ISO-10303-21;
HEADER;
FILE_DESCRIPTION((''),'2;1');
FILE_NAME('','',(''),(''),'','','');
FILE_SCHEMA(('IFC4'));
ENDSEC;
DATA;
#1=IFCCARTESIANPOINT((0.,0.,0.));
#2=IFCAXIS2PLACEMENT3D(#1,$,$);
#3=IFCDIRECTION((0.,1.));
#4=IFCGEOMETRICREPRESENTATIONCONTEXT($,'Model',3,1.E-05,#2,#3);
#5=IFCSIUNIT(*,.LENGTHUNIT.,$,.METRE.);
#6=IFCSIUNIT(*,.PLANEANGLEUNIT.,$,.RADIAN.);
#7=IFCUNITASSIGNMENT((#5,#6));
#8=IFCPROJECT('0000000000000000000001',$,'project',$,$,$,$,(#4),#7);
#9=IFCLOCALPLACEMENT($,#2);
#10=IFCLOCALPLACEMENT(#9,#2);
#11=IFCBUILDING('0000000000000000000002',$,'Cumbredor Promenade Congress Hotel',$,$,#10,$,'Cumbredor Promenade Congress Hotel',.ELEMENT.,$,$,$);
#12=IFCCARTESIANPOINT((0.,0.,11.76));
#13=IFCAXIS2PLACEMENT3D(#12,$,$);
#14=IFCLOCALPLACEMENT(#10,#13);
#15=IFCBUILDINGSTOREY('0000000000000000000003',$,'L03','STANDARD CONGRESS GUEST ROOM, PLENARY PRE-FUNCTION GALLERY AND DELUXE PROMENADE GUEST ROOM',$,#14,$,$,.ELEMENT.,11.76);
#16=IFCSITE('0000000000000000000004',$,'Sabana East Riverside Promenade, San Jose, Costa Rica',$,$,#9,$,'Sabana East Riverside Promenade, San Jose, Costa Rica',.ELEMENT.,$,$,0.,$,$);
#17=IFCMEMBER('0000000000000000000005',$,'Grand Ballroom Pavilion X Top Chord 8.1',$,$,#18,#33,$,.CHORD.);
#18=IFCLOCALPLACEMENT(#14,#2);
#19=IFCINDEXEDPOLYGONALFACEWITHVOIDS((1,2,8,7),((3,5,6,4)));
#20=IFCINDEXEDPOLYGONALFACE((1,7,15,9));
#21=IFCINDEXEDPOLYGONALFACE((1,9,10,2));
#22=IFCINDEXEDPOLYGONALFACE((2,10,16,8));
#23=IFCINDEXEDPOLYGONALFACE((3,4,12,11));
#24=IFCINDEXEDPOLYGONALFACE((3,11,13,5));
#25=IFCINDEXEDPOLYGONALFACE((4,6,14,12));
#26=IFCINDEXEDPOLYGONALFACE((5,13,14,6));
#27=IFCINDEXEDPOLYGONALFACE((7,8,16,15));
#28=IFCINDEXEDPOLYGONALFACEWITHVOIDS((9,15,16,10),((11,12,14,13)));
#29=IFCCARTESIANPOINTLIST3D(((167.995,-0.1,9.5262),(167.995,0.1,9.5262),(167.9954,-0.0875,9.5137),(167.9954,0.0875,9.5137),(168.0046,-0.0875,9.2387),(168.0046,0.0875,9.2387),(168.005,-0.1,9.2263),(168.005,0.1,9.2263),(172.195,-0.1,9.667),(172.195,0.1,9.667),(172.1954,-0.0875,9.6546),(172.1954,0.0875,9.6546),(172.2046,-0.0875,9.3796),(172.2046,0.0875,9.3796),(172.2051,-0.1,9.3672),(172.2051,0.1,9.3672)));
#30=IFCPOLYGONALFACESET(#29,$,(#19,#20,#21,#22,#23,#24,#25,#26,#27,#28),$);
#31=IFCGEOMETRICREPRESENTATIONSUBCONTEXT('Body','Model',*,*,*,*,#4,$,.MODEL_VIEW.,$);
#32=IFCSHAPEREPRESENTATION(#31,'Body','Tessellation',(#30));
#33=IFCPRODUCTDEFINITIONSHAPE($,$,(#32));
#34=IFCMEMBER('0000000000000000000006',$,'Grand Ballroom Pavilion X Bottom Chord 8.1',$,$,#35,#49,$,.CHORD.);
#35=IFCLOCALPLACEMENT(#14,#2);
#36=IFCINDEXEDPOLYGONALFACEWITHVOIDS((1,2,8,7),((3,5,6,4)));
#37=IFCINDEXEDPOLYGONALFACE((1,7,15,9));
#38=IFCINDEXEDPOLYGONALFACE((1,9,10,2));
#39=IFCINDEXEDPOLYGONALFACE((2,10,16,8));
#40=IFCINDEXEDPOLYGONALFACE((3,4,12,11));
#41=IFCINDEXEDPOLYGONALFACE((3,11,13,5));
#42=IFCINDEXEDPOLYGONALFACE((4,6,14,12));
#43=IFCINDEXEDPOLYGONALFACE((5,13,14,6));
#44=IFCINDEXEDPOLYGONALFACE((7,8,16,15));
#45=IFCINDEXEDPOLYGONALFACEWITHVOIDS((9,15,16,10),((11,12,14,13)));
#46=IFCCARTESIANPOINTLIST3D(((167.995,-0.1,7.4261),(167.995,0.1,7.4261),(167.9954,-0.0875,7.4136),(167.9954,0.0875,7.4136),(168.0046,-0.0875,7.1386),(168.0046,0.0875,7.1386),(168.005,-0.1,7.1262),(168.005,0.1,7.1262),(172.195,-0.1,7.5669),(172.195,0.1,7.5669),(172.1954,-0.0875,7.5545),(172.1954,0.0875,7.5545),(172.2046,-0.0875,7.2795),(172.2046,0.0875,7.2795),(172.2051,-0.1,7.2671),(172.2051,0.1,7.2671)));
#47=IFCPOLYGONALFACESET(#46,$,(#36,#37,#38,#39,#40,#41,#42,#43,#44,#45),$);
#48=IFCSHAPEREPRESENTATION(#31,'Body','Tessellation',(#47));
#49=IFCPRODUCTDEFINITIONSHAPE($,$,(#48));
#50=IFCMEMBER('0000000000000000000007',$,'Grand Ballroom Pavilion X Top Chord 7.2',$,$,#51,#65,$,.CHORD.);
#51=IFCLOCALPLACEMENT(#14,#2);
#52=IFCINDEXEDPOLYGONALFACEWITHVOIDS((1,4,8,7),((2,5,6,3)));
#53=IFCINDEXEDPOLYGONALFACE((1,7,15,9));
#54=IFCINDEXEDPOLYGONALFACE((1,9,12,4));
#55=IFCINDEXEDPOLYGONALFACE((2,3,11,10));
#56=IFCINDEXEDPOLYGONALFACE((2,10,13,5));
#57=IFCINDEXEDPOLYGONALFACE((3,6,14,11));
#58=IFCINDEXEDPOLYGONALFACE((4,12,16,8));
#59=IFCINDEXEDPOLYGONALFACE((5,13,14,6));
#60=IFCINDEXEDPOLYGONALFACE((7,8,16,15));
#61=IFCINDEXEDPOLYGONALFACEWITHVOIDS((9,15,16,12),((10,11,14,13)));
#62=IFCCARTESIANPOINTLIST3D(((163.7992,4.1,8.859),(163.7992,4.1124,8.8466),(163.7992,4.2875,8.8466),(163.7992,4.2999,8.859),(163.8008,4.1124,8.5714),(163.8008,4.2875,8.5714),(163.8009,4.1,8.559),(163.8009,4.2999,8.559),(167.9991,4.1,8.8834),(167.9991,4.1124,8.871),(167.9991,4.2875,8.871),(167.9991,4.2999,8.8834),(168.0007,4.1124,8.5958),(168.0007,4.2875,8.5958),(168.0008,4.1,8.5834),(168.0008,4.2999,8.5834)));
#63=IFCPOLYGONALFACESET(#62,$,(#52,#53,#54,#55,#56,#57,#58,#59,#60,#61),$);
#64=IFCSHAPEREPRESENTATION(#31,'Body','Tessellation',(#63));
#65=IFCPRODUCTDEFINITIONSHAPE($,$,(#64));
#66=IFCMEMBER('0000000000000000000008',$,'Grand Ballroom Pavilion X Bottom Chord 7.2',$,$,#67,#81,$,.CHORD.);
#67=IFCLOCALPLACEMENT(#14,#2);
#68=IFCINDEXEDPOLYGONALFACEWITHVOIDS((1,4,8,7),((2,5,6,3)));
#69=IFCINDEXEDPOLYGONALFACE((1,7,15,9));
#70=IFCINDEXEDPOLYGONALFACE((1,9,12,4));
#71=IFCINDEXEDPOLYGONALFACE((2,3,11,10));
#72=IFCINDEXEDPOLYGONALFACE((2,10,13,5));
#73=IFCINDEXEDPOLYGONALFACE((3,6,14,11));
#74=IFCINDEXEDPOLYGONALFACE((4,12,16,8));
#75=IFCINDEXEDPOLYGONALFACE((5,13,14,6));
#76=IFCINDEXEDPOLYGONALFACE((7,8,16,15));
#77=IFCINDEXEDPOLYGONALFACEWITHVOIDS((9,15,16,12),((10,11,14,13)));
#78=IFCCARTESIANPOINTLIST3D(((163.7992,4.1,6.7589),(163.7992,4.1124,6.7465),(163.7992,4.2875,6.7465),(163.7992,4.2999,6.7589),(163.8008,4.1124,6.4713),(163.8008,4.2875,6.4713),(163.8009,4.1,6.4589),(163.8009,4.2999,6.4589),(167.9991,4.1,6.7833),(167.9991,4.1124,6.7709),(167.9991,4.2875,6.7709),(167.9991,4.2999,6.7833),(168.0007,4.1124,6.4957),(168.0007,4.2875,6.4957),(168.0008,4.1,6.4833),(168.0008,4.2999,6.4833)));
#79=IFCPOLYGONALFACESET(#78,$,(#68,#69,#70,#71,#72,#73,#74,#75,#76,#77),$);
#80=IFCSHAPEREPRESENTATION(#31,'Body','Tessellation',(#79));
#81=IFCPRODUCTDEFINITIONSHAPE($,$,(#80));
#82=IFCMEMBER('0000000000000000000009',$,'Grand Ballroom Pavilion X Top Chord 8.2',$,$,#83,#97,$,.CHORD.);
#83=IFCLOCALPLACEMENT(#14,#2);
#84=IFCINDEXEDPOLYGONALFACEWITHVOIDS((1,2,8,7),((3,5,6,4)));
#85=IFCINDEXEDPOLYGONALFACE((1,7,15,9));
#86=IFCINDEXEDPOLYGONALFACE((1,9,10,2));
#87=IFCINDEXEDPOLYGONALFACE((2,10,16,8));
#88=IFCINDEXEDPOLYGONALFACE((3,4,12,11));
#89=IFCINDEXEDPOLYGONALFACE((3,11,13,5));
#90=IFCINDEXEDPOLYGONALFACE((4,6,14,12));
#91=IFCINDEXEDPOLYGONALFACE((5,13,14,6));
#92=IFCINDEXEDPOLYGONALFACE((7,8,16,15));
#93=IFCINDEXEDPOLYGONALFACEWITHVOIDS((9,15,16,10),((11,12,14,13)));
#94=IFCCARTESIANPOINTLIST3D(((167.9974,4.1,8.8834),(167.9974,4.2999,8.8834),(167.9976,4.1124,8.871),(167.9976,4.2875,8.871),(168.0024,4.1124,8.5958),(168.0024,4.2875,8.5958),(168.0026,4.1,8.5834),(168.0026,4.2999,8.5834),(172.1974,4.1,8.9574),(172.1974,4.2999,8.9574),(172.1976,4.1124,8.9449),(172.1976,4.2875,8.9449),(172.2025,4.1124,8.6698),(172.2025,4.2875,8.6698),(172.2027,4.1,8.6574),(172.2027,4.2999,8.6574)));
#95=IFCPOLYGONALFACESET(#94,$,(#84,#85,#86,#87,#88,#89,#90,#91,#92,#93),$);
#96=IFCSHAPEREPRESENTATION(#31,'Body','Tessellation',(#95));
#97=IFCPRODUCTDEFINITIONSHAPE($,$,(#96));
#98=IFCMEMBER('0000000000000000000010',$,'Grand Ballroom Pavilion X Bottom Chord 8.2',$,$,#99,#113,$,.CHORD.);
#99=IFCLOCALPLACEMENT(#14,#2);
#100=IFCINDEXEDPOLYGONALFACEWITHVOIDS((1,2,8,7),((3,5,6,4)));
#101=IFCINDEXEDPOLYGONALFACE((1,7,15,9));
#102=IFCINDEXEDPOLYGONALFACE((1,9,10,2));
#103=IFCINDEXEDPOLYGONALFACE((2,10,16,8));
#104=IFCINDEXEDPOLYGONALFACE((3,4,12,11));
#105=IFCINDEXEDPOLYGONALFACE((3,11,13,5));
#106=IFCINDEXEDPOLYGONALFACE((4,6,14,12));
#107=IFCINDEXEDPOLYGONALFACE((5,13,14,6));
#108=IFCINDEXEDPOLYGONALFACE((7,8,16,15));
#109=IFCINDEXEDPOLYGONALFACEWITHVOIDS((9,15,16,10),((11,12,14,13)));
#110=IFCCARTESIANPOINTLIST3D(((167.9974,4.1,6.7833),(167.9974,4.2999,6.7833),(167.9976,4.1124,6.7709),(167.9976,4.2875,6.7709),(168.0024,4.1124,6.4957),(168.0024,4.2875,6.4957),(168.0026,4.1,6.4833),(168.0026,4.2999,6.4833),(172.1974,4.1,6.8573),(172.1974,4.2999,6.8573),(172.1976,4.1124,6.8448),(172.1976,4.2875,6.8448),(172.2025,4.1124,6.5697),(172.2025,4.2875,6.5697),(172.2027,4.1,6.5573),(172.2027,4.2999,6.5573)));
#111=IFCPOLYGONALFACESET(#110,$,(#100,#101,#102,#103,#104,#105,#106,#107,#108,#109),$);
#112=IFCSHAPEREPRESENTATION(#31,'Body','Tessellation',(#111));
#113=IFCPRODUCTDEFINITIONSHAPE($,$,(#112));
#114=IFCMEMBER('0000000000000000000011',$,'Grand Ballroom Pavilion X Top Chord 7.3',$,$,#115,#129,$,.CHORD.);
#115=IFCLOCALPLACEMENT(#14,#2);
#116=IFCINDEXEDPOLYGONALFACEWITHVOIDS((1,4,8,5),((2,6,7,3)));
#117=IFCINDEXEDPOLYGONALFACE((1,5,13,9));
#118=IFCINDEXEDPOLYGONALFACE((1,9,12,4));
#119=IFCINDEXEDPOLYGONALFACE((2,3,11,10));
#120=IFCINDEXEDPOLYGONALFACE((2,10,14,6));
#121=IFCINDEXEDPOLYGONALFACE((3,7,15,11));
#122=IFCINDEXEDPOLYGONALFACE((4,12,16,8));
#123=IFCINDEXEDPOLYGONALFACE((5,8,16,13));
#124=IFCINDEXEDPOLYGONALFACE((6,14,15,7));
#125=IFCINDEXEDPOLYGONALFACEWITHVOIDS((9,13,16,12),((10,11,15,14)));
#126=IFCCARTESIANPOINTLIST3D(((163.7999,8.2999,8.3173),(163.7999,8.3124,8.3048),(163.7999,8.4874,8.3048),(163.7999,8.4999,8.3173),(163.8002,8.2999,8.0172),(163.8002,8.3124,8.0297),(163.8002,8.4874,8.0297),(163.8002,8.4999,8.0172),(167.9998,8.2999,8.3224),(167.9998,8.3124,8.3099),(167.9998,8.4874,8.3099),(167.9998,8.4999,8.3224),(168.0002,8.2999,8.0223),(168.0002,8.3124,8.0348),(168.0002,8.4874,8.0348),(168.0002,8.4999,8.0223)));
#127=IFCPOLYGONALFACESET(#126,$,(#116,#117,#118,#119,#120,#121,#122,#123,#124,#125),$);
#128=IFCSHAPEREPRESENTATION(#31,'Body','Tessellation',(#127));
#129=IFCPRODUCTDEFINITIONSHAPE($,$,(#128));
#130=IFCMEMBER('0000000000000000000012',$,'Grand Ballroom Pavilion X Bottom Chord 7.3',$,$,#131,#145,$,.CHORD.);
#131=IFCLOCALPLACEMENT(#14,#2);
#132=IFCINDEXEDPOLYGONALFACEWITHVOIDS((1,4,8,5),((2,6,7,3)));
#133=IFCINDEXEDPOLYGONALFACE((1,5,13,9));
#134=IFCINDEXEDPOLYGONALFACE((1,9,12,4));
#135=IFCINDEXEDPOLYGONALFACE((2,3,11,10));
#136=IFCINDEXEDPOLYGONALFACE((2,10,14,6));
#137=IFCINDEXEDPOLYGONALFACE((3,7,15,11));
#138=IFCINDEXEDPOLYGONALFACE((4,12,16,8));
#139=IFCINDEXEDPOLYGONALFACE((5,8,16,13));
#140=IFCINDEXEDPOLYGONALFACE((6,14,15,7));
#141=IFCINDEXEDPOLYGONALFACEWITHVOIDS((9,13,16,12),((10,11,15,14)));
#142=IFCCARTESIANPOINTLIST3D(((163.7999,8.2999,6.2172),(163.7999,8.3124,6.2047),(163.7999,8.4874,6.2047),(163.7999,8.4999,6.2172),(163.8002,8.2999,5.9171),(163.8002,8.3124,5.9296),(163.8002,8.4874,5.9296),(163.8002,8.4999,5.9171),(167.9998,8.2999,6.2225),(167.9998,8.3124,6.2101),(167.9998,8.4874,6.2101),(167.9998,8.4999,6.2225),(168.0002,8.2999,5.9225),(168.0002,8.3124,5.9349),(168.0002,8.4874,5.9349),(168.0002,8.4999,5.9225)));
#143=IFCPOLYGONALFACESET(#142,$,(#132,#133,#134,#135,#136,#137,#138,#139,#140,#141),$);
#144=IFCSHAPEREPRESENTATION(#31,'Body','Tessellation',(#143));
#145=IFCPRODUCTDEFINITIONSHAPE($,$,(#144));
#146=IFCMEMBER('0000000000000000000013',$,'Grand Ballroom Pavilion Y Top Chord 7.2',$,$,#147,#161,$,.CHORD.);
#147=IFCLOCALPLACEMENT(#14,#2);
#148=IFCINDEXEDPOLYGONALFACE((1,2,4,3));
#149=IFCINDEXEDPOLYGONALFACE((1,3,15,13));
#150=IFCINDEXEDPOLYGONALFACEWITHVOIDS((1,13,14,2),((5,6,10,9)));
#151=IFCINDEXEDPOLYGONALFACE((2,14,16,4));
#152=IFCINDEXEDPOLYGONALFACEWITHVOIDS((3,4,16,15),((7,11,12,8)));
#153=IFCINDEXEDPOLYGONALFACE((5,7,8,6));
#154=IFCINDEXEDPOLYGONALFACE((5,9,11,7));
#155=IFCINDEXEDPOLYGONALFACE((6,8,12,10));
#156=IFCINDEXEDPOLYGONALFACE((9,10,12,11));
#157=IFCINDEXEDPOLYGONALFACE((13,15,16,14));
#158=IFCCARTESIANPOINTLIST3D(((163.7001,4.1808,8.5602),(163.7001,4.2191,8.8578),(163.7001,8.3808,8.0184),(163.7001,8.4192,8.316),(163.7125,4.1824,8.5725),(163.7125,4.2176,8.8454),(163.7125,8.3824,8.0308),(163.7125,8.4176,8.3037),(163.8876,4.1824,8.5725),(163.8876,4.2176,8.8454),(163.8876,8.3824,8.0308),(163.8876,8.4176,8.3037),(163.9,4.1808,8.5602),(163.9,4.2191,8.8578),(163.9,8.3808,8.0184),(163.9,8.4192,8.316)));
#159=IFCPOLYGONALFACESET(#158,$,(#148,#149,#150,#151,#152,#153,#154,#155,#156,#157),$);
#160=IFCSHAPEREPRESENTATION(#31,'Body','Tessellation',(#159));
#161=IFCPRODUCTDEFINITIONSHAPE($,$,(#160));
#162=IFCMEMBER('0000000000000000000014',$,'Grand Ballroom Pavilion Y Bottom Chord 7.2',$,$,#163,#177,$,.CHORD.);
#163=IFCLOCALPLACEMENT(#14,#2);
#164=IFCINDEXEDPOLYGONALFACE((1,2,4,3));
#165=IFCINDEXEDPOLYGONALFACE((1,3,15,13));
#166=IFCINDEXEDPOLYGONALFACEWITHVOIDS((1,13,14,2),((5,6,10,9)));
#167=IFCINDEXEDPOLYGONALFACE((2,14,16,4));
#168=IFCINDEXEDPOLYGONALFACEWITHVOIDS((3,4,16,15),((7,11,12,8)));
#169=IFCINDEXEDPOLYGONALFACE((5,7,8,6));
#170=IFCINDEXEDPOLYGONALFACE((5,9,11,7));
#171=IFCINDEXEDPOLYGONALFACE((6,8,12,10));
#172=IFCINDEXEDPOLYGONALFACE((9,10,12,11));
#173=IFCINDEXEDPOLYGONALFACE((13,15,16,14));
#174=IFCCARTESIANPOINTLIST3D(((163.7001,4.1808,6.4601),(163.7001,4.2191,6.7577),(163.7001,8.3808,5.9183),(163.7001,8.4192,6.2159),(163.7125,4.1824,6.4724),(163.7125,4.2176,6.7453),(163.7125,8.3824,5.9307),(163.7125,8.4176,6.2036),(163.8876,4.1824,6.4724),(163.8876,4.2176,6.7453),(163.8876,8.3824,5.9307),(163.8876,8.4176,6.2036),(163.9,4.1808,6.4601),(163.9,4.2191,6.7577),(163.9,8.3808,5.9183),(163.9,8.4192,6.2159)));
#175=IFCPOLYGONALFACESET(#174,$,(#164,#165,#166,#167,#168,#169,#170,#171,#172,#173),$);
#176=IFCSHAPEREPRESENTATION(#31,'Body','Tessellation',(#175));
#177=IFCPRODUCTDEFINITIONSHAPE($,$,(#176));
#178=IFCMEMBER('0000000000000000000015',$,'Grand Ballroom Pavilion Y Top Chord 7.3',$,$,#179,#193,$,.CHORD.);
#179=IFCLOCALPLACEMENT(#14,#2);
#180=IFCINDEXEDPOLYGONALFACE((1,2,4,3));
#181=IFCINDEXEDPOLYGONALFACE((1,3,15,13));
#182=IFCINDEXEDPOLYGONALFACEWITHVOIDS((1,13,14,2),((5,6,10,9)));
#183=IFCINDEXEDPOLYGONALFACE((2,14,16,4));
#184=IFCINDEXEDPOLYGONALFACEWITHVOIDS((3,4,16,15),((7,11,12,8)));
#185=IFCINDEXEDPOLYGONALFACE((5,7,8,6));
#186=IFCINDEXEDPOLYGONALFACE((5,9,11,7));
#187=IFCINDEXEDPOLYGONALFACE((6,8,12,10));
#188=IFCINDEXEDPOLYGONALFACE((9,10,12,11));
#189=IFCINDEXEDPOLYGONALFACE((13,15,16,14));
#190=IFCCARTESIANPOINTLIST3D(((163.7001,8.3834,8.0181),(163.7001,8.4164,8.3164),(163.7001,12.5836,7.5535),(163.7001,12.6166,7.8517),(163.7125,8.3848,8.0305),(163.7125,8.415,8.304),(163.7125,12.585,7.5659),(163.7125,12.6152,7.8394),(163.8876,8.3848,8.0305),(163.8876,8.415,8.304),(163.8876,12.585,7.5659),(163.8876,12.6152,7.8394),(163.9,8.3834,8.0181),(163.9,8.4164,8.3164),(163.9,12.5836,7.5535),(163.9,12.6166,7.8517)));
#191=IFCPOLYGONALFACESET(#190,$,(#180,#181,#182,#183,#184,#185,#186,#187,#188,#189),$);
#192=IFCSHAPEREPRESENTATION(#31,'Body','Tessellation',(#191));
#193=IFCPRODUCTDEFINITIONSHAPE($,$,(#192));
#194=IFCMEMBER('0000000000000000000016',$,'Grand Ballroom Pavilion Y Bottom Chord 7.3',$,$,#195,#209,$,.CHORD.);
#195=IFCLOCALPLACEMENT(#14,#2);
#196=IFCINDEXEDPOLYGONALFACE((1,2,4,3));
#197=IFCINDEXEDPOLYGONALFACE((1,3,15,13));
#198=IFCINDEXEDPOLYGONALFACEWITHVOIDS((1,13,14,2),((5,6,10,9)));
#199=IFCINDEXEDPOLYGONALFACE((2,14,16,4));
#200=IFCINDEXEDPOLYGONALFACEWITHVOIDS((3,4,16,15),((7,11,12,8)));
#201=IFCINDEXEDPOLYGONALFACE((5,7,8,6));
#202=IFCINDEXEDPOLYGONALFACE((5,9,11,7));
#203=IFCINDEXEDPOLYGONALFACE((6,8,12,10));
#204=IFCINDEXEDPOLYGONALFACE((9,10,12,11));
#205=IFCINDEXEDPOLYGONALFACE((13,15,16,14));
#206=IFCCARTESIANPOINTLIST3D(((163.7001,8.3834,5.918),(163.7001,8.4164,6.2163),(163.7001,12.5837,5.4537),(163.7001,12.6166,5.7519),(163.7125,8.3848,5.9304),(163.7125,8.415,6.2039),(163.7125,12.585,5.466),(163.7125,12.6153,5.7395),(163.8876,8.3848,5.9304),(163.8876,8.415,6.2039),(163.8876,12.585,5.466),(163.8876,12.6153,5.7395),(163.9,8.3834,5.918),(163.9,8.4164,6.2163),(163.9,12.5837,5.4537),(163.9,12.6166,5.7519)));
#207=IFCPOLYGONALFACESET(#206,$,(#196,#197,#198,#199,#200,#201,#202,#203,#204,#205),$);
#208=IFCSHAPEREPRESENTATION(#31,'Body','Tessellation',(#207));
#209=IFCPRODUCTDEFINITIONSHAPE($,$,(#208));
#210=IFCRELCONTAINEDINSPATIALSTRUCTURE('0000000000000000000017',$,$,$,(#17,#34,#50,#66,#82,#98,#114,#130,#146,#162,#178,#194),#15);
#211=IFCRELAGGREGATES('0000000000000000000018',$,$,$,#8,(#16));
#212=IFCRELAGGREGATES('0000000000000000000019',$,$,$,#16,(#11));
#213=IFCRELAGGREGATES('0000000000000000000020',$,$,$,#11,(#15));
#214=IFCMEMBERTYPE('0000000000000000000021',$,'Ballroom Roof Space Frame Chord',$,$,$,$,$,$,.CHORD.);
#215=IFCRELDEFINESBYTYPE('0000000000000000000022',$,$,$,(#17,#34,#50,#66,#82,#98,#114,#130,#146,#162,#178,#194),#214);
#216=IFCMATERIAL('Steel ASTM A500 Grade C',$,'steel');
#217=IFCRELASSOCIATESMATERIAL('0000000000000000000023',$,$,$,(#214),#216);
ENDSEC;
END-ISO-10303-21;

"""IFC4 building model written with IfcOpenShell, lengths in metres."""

from ifc_helpers import new_model, si_unit, direction, frame, origin, origin_2d, place, context, subcontext, project, spatial, hollow_rectangle, extrude, material, material_profile, profile_set, type_object, element, save


model = new_model("IFC4")

# Units and contexts
model_context = context("Model", 3, precision=1e-05, world=origin(), true_north=direction((0.0, 1.0)))
body_context = subcontext(model_context, "Body", "Model", "MODEL_VIEW")
ifc_project = project(units=[si_unit("LENGTHUNIT", "METRE"), si_unit("PLANEANGLEUNIT", "RADIAN")], contexts=[model_context])

# Site, building, storey
site_placement = place(None, origin())
site = spatial("IfcSite", under=ifc_project, at=site_placement, Name="Sabana East Riverside Promenade, San Jose, Costa Rica", LongName="Sabana East Riverside Promenade, San Jose, Costa Rica", CompositionType="ELEMENT", RefElevation=0.0)
building_placement = place(site_placement, origin())
building = spatial("IfcBuilding", under=site, at=building_placement, Name="Cumbredor Promenade Congress Hotel", LongName="Cumbredor Promenade Congress Hotel", CompositionType="ELEMENT")
storey_placement = place(building_placement, frame((0.0, 0.0, 11.76)))
storey = spatial("IfcBuildingStorey", under=building, at=storey_placement, Name="L03", Description="STANDARD CONGRESS GUEST ROOM, PLENARY PRE-FUNCTION GALLERY AND DELUXE PROMENADE GUEST ROOM", CompositionType="ELEMENT", Elevation=11.76)

# Members
ifc_material_1 = material(Name="Steel ASTM A500 Grade C", Category="steel")
ifc_material_profile_1 = material_profile(ifc_material_1, hollow_rectangle(XDim=0.2, YDim=0.3, WallThickness=0.0125, at=origin_2d()), Name="HSS 300x200x12.5")
ifc_profile_set_1 = profile_set([ifc_material_profile_1], Name="Steel ASTM A500 Grade C")
member_type_1 = type_object("IfcMemberType", Name="Ballroom Roof Space Frame Chord", PredefinedType="CHORD", material=ifc_profile_set_1)
for number, where, z_axis, x_axis, name in (
    (1, (168.0, 0.0, 9.3762), (0.999438, 0.0, 0.033522), (0.0, 1.0, 0.0), "Grand Ballroom Pavilion X Top Chord 8.1"),
    (2, (168.0, 0.0, 7.2761), (0.999438, 0.0, 0.033522), (0.0, 1.0, 0.0), "Grand Ballroom Pavilion X Bottom Chord 8.1"),
):
    element("IfcMember", number, at=place(storey_placement, frame(where, z_axis=z_axis, x_axis=x_axis)), inside=storey, type_object=member_type_1, Name=name, PredefinedType="CHORD", context=body_context, shape_type="SweptSolid", body=[
        extrude(hollow_rectangle(XDim=0.2, YDim=0.3, WallThickness=0.0125, at=origin_2d()), origin(), (0.0, 0.0, 1.0), 4.2024),
    ])
for number, where, z_axis, x_axis, name in (
    (3, (163.8, 4.2, 8.709), (0.999983, 0.0, 0.005813), (0.0, 1.0, 0.0), "Grand Ballroom Pavilion X Top Chord 7.2"),
    (4, (163.8, 4.2, 6.6089), (0.999983, 0.0, 0.005813), (0.0, 1.0, 0.0), "Grand Ballroom Pavilion X Bottom Chord 7.2"),
):
    element("IfcMember", number, at=place(storey_placement, frame(where, z_axis=z_axis, x_axis=x_axis)), inside=storey, type_object=member_type_1, Name=name, PredefinedType="CHORD", context=body_context, shape_type="SweptSolid", body=[
        extrude(hollow_rectangle(XDim=0.2, YDim=0.3, WallThickness=0.0125, at=origin_2d()), origin(), (0.0, 0.0, 1.0), 4.2),
    ])
for number, where, z_axis, x_axis, name in (
    (5, (168.0, 4.2, 8.7334), (0.999845, 0.0, 0.01761), (0.0, 1.0, 0.0), "Grand Ballroom Pavilion X Top Chord 8.2"),
    (6, (168.0, 4.2, 6.6333), (0.999845, 0.0, 0.01761), (0.0, 1.0, 0.0), "Grand Ballroom Pavilion X Bottom Chord 8.2"),
):
    element("IfcMember", number, at=place(storey_placement, frame(where, z_axis=z_axis, x_axis=x_axis)), inside=storey, type_object=member_type_1, Name=name, PredefinedType="CHORD", context=body_context, shape_type="SweptSolid", body=[
        extrude(hollow_rectangle(XDim=0.2, YDim=0.3, WallThickness=0.0125, at=origin_2d()), origin(), (0.0, 0.0, 1.0), 4.2007),
    ])
for number, where, z_axis, x_axis, name in (
    (7, (163.8, 8.3999, 8.1672), (0.999999, 0.0, 0.001221), (0.0, 1.0, 0.0), "Grand Ballroom Pavilion X Top Chord 7.3"),
    (8, (163.8, 8.3999, 6.0671), (0.999999, 0.0, 0.001279), (0.0, 1.0, 0.0), "Grand Ballroom Pavilion X Bottom Chord 7.3"),
):
    element("IfcMember", number, at=place(storey_placement, frame(where, z_axis=z_axis, x_axis=x_axis)), inside=storey, type_object=member_type_1, Name=name, PredefinedType="CHORD", context=body_context, shape_type="SweptSolid", body=[
        extrude(hollow_rectangle(XDim=0.2, YDim=0.3, WallThickness=0.0125, at=origin_2d()), origin(), (0.0, 0.0, 1.0), 4.2),
    ])
for number, where, z_axis, x_axis, name in (
    (9, (163.8, 4.2, 8.709), (0.0, 0.991783, -0.127929), (-1.0, 0.0, 0.0), "Grand Ballroom Pavilion Y Top Chord 7.2"),
    (10, (163.8, 4.2, 6.6089), (0.0, 0.991783, -0.127929), (-1.0, 0.0, 0.0), "Grand Ballroom Pavilion Y Bottom Chord 7.2"),
):
    element("IfcMember", number, at=place(storey_placement, frame(where, z_axis=z_axis, x_axis=x_axis)), inside=storey, type_object=member_type_1, Name=name, PredefinedType="CHORD", context=body_context, shape_type="SweptSolid", body=[
        extrude(hollow_rectangle(XDim=0.2, YDim=0.3, WallThickness=0.0125, at=origin_2d()), origin(), (0.0, 0.0, 1.0), 4.2349),
    ])
for number, where, z_axis, x_axis, name in (
    (11, (163.8, 8.3999, 8.1672), (0.0, 0.993938, -0.109943), (-1.0, 0.0, 0.0), "Grand Ballroom Pavilion Y Top Chord 7.3"),
    (12, (163.8, 8.3999, 6.0671), (0.0, 0.993944, -0.109886), (-1.0, 0.0, 0.0), "Grand Ballroom Pavilion Y Bottom Chord 7.3"),
):
    element("IfcMember", number, at=place(storey_placement, frame(where, z_axis=z_axis, x_axis=x_axis)), inside=storey, type_object=member_type_1, Name=name, PredefinedType="CHORD", context=body_context, shape_type="SweptSolid", body=[
        extrude(hollow_rectangle(XDim=0.2, YDim=0.3, WallThickness=0.0125, at=origin_2d()), origin(), (0.0, 0.0, 1.0), 4.2258),
    ])

save(model, "model.ifc")
